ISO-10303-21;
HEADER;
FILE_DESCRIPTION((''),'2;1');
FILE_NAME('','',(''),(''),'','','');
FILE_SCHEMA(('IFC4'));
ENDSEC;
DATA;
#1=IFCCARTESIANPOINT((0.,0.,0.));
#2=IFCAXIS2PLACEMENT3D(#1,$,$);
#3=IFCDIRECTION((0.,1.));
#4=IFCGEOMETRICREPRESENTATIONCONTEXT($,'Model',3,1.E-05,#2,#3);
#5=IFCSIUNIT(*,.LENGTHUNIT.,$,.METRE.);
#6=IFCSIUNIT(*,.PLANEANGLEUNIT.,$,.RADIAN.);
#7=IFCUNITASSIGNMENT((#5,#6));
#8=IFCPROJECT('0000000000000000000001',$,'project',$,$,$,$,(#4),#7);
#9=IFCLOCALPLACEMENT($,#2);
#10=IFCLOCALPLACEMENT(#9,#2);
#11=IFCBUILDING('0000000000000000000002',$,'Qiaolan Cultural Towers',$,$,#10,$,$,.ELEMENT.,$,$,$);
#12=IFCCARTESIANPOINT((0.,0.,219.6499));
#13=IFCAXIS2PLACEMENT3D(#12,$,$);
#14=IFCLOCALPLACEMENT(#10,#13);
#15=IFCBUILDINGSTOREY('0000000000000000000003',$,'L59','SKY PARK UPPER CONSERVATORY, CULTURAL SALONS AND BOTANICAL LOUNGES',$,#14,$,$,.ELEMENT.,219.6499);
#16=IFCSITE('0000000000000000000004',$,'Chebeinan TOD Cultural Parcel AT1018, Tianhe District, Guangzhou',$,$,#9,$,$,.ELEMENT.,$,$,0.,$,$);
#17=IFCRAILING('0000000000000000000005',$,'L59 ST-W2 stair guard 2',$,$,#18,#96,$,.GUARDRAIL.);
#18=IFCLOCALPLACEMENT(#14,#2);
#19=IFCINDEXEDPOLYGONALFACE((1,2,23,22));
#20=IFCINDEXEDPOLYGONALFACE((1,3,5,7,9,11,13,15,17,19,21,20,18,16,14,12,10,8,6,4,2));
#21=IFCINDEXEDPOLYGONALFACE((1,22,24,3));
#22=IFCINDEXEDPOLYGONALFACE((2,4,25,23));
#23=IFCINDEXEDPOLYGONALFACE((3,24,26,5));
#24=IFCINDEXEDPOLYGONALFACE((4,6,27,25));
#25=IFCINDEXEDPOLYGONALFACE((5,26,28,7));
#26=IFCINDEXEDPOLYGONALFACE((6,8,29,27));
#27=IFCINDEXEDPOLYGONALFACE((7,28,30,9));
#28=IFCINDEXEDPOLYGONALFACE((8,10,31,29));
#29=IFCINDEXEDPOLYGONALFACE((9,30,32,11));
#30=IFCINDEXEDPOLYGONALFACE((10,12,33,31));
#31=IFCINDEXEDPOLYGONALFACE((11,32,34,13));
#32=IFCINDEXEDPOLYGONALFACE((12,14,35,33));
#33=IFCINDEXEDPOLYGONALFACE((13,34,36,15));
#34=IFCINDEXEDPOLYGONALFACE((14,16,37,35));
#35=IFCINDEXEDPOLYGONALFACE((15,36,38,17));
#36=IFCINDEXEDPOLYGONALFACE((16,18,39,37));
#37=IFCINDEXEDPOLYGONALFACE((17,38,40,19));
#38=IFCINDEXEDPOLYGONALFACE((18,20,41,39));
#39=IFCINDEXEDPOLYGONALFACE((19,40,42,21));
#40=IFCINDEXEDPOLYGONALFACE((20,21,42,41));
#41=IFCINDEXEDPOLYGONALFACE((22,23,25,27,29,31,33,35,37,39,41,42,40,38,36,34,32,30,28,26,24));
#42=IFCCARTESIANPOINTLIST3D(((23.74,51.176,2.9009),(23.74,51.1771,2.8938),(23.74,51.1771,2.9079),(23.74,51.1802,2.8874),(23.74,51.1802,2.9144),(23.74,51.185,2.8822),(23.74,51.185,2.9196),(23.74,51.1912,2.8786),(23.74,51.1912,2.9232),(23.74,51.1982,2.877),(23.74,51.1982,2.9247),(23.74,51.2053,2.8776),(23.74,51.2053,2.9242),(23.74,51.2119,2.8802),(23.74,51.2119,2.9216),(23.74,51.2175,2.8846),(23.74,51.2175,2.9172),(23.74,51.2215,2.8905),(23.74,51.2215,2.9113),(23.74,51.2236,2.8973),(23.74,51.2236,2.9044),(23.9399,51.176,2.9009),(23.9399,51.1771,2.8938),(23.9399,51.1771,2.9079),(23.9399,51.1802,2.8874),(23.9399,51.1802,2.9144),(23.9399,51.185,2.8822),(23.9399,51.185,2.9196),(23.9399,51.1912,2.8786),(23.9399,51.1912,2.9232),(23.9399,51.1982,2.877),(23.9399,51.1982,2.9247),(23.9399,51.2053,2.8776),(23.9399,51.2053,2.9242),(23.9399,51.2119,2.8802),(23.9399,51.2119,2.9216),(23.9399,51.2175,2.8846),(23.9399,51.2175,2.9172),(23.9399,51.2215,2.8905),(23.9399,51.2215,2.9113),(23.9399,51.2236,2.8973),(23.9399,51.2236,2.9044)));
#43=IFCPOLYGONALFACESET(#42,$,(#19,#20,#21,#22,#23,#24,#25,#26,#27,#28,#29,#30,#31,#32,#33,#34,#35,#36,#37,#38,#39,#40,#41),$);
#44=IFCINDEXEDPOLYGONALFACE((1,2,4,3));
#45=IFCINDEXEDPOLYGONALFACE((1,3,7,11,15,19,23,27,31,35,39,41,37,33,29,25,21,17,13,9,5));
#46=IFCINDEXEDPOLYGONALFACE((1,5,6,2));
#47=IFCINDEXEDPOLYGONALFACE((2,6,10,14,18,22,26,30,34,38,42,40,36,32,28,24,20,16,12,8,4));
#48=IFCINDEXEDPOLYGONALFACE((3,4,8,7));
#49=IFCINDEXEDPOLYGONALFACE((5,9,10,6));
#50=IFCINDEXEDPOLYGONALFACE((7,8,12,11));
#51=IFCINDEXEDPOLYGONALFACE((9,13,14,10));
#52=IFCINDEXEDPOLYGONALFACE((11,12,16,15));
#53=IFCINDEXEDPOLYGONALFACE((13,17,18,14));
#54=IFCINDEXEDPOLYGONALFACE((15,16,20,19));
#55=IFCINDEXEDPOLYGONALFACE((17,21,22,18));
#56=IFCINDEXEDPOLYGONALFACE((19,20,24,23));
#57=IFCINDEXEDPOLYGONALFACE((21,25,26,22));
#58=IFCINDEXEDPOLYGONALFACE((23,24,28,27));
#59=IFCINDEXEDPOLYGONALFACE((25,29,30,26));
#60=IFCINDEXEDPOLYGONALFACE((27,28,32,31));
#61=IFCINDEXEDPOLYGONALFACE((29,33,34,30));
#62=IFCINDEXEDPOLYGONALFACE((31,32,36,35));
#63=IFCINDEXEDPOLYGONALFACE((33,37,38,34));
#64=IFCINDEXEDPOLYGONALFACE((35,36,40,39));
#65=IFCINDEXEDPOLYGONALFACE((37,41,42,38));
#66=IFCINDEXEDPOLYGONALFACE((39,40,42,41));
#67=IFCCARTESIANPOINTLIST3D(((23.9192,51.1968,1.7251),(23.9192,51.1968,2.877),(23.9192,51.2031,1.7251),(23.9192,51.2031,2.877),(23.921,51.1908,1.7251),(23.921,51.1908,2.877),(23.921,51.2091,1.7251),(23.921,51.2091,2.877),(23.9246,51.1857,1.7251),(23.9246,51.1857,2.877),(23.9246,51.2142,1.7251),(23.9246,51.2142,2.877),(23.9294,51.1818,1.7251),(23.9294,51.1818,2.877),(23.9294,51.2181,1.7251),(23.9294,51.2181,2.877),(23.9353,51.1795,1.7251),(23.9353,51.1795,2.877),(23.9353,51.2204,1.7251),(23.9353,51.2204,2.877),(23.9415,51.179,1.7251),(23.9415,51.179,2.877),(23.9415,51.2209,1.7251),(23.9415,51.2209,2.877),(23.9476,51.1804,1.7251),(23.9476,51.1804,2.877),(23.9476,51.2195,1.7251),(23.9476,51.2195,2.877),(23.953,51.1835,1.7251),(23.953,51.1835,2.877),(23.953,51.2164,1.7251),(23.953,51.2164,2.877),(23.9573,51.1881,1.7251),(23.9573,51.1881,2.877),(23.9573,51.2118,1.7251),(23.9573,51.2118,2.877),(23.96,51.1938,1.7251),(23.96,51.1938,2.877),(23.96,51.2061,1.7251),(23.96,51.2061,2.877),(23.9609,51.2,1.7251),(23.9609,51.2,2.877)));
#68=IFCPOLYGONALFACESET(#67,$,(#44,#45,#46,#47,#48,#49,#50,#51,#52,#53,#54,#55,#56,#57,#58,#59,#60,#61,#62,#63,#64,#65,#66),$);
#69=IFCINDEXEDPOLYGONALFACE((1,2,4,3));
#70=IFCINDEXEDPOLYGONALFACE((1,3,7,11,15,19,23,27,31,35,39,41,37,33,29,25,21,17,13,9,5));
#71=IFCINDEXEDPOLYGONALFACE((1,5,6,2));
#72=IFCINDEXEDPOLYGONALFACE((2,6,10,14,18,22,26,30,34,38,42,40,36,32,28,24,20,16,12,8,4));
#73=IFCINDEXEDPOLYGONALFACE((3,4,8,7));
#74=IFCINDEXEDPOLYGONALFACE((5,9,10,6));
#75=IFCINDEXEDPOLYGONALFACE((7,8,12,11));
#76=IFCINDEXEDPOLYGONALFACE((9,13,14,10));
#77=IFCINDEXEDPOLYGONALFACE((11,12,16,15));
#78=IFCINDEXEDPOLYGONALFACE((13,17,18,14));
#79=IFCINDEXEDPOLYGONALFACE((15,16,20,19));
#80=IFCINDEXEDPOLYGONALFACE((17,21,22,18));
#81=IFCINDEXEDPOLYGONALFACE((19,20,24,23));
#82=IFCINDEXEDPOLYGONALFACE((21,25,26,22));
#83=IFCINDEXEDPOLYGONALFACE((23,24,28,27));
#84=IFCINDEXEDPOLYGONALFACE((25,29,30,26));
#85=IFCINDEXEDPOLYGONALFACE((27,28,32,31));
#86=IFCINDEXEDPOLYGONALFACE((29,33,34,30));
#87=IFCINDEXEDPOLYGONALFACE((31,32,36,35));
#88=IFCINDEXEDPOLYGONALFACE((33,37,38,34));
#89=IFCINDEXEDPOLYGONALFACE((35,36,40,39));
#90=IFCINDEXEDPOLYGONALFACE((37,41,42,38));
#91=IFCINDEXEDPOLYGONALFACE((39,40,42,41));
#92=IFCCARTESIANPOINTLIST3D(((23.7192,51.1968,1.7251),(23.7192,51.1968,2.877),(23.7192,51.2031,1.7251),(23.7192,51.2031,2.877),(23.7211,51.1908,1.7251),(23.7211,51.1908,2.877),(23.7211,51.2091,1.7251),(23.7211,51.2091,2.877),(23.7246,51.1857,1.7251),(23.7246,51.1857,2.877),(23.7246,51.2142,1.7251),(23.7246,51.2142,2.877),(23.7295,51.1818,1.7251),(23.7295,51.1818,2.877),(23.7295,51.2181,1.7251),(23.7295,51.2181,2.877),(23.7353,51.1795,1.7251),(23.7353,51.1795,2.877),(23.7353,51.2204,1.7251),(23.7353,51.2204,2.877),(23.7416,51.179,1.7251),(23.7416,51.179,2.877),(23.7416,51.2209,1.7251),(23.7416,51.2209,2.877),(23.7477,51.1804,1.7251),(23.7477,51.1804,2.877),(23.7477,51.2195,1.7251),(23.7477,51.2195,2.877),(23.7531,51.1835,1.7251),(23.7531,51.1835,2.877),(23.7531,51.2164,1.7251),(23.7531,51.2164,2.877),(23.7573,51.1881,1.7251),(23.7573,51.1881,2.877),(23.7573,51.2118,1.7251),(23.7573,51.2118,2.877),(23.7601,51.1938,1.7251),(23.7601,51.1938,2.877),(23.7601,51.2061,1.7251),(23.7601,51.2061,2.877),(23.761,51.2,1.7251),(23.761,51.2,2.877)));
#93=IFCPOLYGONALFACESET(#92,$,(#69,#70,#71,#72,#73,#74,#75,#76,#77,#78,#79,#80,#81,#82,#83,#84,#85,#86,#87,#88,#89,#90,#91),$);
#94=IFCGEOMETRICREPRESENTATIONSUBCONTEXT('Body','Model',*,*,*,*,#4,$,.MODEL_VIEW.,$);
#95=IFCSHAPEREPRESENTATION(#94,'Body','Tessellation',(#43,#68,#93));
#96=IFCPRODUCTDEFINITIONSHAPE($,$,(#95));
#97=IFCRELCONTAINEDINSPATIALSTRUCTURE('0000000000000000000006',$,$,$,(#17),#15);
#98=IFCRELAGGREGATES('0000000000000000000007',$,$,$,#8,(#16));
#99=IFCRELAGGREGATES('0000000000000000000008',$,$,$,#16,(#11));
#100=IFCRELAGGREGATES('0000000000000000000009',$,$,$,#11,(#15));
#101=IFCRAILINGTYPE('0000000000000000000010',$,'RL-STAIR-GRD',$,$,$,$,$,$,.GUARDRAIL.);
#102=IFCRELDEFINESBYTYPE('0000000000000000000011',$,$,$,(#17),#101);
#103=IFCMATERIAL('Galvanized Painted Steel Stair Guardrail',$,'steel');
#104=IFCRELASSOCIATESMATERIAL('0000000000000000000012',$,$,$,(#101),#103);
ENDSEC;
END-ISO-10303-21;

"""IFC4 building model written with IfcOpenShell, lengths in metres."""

from ifc_helpers import new_model, si_unit, direction, frame, origin, origin_2d, place, context, subcontext, project, spatial, circle, extrude, material, type_object, element, save


model = new_model("IFC4")

# Units and contexts
model_context = context("Model", 3, precision=1e-05, world=origin(), true_north=direction((0.0, 1.0)))
body_context = subcontext(model_context, "Body", "Model", "MODEL_VIEW")
ifc_project = project(units=[si_unit("LENGTHUNIT", "METRE"), si_unit("PLANEANGLEUNIT", "RADIAN")], contexts=[model_context])

# Site, building, storey
site_placement = place(None, origin())
site = spatial("IfcSite", under=ifc_project, at=site_placement, Name="Chebeinan TOD Cultural Parcel AT1018, Tianhe District, Guangzhou", CompositionType="ELEMENT", RefElevation=0.0)
building_placement = place(site_placement, origin())
building = spatial("IfcBuilding", under=site, at=building_placement, Name="Qiaolan Cultural Towers", CompositionType="ELEMENT")
storey_placement = place(building_placement, frame((0.0, 0.0, 219.6499)))
storey = spatial("IfcBuildingStorey", under=building, at=storey_placement, Name="L59", Description="SKY PARK UPPER CONSERVATORY, CULTURAL SALONS AND BOTANICAL LOUNGES", CompositionType="ELEMENT", Elevation=219.6499)

# Railing
ifc_material_1 = material(Name="Galvanized Painted Steel Stair Guardrail", Category="steel")
railing_type_1 = type_object("IfcRailingType", Name="RL-STAIR-GRD", PredefinedType="GUARDRAIL", material=ifc_material_1)
railing_1_placement = place(storey_placement, frame((23.9399, 51.2, 1.7251)))
element("IfcRailing", 1, at=railing_1_placement, inside=storey, type_object=railing_type_1, Name="L59 ST-W2 stair guard 2", PredefinedType="GUARDRAIL", context=body_context, shape_type="SweptSolid", body=[
    extrude(circle(Radius=0.0239, at=origin_2d()), frame((0.0, 0.0, 1.1758), z_axis=(-1.0, 0.0, 0.0), x_axis=(0.0, -1.0, 0.0)), (0.0, 0.0, 1.0), 0.2),
    extrude(circle(Radius=0.021, at=origin_2d()), origin(), (0.0, 0.0, 1.0), 1.1519),
    extrude(circle(Radius=0.021, at=origin_2d()), frame((-0.2, 0.0, 0.0)), (0.0, 0.0, 1.0), 1.1519),
])

save(model, "model.ifc")
